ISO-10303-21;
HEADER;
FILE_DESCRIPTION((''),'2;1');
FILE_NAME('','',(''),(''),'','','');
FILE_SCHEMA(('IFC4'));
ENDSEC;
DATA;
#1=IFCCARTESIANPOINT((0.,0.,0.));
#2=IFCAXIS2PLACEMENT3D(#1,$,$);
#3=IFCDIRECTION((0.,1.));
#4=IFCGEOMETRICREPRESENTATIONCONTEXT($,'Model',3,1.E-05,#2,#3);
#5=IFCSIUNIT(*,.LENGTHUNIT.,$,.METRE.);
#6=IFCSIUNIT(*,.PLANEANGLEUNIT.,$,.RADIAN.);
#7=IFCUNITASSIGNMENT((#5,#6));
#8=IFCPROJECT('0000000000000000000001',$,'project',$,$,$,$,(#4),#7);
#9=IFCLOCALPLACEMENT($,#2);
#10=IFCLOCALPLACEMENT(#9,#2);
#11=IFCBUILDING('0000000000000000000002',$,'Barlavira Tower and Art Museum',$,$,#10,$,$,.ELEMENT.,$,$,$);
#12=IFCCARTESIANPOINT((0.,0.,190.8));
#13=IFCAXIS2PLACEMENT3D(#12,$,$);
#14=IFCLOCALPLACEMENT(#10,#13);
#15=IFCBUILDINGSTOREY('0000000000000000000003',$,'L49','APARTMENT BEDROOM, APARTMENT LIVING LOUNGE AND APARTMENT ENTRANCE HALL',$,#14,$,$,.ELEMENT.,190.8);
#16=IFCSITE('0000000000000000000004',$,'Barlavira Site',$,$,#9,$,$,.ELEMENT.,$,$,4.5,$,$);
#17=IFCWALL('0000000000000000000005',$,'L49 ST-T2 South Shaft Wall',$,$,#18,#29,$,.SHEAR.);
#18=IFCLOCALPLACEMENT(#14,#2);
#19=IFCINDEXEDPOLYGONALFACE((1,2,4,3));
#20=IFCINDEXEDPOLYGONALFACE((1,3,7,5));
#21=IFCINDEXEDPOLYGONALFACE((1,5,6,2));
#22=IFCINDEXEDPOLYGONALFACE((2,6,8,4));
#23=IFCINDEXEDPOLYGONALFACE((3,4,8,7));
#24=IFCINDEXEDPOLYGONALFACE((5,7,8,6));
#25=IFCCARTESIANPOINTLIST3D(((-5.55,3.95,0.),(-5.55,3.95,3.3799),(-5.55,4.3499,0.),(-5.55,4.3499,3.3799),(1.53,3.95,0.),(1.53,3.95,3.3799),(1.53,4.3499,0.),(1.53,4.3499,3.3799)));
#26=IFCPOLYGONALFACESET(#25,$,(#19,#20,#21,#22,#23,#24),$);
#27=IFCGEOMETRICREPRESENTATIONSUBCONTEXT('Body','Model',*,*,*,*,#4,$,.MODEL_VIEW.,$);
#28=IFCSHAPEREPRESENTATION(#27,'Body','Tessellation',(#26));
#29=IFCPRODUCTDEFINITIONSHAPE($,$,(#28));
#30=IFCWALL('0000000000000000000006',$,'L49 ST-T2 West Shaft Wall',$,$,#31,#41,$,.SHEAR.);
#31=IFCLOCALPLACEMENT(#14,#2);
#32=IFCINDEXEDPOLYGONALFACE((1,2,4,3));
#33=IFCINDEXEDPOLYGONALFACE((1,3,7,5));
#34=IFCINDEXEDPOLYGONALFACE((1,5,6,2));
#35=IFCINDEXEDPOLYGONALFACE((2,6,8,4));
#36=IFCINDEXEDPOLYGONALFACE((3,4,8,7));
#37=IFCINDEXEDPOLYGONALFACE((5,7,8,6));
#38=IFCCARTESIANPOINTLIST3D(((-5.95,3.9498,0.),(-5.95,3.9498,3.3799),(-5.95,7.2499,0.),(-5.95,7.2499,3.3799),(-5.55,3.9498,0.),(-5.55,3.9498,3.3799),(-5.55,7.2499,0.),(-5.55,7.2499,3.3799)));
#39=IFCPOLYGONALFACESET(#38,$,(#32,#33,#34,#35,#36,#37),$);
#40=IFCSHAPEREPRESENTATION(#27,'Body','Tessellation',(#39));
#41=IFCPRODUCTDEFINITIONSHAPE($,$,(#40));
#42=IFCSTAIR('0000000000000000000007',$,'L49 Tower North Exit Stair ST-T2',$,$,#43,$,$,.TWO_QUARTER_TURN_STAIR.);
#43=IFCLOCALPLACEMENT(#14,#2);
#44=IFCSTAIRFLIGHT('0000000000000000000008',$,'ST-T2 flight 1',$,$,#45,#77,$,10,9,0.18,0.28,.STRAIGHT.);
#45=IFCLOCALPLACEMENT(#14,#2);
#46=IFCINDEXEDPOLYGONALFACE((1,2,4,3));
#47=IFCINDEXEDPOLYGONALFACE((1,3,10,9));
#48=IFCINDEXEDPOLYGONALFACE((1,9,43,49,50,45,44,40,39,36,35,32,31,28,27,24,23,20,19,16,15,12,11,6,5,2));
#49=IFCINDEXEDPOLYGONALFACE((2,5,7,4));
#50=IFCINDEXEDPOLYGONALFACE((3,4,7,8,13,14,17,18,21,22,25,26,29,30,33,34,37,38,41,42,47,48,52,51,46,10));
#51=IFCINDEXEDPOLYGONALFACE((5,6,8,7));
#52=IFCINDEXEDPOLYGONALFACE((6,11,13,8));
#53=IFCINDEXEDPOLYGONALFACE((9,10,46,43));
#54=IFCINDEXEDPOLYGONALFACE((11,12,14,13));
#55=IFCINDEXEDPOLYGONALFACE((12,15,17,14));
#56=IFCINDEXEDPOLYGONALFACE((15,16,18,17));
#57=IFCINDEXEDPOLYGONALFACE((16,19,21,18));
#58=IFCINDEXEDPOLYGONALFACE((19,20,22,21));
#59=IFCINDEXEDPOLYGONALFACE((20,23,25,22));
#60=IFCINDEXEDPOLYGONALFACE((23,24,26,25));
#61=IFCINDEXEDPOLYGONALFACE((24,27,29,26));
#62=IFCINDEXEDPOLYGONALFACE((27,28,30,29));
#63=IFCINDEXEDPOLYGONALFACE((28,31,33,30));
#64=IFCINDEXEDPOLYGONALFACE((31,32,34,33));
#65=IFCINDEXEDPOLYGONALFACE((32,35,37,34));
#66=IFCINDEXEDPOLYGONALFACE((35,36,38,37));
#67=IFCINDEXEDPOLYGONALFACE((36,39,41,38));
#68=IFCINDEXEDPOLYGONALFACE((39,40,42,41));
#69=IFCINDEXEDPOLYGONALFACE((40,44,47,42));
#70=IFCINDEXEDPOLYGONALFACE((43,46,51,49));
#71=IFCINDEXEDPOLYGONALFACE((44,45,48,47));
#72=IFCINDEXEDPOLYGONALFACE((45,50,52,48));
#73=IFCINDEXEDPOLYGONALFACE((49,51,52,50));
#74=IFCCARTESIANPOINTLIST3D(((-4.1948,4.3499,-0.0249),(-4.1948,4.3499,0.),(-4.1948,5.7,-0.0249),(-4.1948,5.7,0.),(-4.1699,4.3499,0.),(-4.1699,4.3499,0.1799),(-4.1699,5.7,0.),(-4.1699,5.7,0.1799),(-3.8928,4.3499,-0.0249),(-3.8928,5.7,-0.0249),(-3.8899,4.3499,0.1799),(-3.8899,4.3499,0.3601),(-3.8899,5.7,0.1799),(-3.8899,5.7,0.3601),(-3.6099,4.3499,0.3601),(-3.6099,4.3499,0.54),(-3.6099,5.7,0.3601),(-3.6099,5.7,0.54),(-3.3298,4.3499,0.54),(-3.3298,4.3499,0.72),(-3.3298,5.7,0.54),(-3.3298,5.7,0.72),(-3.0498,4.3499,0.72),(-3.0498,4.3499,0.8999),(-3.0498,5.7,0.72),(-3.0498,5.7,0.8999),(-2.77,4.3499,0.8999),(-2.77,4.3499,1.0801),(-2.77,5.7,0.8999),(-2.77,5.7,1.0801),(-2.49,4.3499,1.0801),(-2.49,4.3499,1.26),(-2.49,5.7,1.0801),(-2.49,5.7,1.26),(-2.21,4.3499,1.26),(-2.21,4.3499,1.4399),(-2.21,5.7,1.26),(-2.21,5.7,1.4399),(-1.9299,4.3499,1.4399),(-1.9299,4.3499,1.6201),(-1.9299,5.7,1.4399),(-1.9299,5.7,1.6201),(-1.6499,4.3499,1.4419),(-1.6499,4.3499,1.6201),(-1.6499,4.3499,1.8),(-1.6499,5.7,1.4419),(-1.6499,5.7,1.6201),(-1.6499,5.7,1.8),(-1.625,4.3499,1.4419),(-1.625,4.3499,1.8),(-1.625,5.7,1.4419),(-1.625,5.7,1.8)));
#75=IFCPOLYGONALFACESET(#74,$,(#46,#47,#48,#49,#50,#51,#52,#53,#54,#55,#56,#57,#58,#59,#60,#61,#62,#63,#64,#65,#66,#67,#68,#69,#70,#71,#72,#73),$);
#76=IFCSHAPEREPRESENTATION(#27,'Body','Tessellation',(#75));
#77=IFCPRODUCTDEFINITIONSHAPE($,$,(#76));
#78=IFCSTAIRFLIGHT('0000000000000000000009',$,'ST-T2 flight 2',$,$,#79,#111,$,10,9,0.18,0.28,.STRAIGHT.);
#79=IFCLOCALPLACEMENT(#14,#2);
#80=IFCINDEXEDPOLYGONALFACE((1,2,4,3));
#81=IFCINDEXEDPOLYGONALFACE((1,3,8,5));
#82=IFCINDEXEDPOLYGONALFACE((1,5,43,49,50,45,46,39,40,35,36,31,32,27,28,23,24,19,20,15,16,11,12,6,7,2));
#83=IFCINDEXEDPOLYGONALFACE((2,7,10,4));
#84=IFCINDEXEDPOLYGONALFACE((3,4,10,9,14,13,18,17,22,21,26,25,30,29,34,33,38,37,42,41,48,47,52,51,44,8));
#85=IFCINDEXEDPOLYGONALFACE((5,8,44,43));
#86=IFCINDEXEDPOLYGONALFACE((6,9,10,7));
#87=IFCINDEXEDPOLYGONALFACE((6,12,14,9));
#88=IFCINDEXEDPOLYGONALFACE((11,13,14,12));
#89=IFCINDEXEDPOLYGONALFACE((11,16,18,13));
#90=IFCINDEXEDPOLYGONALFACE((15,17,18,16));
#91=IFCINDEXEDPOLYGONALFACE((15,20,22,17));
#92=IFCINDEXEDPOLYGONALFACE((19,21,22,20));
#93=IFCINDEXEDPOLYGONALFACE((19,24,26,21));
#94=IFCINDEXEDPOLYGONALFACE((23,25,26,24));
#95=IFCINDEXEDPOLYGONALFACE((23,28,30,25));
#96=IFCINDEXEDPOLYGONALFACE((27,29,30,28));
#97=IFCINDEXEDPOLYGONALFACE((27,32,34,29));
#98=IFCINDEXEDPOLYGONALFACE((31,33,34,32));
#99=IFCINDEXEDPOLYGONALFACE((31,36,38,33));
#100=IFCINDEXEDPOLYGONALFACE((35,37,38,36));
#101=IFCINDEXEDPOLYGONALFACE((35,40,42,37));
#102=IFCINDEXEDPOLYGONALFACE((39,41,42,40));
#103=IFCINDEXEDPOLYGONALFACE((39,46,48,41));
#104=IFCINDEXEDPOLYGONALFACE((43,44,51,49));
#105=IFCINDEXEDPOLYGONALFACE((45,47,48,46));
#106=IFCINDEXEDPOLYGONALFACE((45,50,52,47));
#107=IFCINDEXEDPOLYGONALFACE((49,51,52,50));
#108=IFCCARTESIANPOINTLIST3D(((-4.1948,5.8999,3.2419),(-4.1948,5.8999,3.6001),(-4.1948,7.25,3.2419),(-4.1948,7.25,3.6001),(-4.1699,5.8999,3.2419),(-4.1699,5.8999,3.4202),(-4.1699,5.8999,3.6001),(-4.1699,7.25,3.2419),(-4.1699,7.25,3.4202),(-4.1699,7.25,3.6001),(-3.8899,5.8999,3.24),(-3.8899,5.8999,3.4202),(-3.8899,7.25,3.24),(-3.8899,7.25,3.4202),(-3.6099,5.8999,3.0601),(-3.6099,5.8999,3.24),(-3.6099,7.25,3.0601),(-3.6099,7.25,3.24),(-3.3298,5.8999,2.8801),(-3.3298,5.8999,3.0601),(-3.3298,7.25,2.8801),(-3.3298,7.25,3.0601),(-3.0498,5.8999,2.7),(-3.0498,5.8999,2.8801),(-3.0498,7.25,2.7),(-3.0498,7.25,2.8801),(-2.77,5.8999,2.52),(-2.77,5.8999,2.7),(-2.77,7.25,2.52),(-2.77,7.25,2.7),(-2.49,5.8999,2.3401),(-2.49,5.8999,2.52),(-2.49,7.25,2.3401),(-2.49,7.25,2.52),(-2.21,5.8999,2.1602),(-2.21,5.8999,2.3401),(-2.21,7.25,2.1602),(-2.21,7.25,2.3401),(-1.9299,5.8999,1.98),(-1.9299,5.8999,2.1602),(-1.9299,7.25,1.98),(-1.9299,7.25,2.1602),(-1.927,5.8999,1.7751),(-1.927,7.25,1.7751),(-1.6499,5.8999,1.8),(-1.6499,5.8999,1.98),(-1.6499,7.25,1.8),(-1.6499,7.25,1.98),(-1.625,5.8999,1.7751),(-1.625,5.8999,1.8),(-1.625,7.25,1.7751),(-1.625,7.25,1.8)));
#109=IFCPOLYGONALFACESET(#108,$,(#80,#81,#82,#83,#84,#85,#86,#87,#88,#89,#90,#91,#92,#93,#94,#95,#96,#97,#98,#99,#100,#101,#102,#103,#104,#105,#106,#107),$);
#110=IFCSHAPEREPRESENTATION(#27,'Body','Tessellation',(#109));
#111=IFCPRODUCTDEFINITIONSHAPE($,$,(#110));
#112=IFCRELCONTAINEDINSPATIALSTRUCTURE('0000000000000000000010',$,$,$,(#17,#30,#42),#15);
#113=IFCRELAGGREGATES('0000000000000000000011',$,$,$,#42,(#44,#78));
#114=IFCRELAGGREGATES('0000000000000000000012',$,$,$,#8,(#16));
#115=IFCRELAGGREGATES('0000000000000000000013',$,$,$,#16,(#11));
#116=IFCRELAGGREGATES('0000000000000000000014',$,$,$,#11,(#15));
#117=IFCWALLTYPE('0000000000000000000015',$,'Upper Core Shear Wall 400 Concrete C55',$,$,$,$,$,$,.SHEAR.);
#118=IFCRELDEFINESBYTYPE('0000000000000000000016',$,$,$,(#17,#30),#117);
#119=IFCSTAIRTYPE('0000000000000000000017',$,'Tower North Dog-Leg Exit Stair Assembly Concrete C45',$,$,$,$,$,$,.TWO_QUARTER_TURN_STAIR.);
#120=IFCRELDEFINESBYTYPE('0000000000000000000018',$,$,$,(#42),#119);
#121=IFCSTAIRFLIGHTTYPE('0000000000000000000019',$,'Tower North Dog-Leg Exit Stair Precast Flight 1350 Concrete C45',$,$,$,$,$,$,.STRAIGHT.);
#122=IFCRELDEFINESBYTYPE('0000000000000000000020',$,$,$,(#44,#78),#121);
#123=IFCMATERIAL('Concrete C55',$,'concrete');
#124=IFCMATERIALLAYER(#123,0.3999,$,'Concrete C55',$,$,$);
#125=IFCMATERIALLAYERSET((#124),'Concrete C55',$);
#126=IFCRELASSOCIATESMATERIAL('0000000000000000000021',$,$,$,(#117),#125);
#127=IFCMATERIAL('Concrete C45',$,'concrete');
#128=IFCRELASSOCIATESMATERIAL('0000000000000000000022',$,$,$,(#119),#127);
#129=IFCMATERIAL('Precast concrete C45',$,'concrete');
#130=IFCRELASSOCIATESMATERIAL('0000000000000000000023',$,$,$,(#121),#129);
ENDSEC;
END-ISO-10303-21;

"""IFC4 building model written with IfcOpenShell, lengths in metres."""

from ifc_helpers import new_model, si_unit, direction, frame, frame_2d, origin, place, context, subcontext, project, spatial, polyline, rectangle, outline, extrude, material, layer, layer_set, type_object, element, aggregate, save


model = new_model("IFC4")

# Units and contexts
model_context = context("Model", 3, precision=1e-05, world=origin(), true_north=direction((0.0, 1.0)))
body_context = subcontext(model_context, "Body", "Model", "MODEL_VIEW")
ifc_project = project(units=[si_unit("LENGTHUNIT", "METRE"), si_unit("PLANEANGLEUNIT", "RADIAN")], contexts=[model_context])

# Site, building, storey
site_placement = place(None, origin())
site = spatial("IfcSite", under=ifc_project, at=site_placement, Name="Barlavira Site", CompositionType="ELEMENT", RefElevation=4.5)
building_placement = place(site_placement, origin())
building = spatial("IfcBuilding", under=site, at=building_placement, Name="Barlavira Tower and Art Museum", CompositionType="ELEMENT")
storey_placement = place(building_placement, frame((0.0, 0.0, 190.8)))
storey = spatial("IfcBuildingStorey", under=building, at=storey_placement, Name="L49", Description="APARTMENT BEDROOM, APARTMENT LIVING LOUNGE AND APARTMENT ENTRANCE HALL", CompositionType="ELEMENT", Elevation=190.8)

# Walls
ifc_material_1 = material(Name="Concrete C55", Category="concrete")
ifc_layer_1 = layer(ifc_material_1, 0.3999, Name="Concrete C55")
ifc_layer_set_1 = layer_set([ifc_layer_1], Name="Concrete C55")
wall_type_1 = type_object("IfcWallType", Name="Upper Core Shear Wall 400 Concrete C55", PredefinedType="SHEAR", material=ifc_layer_set_1)
wall_1_placement = place(storey_placement, frame((-5.55, 4.1499, 0.0), z_axis=(0.0, 0.0, 1.0), x_axis=(1.0, 0.0, 0.0)))
element("IfcWall", 1, at=wall_1_placement, inside=storey, type_object=wall_type_1, Name="L49 ST-T2 South Shaft Wall", PredefinedType="SHEAR", context=body_context, shape_type="SweptSolid", body=[
    extrude(rectangle(XDim=7.0801, YDim=0.3999, at=frame_2d((3.54, 0.0))), origin(), (0.0, 0.0, 1.0), 3.3799),
])
wall_2_placement = place(storey_placement, frame((-5.75, 3.95, 0.0), z_axis=(0.0, 0.0, 1.0), x_axis=(0.0, 1.0, 0.0)))
element("IfcWall", 2, at=wall_2_placement, inside=storey, type_object=wall_type_1, Name="L49 ST-T2 West Shaft Wall", PredefinedType="SHEAR", context=body_context, shape_type="SweptSolid", body=[
    extrude(rectangle(XDim=3.3, YDim=0.3999, at=frame_2d((1.6499, 0.0))), origin(), (0.0, 0.0, 1.0), 3.3799),
])

# Stair, stair flights
ifc_material_2 = material(Name="Concrete C45", Category="concrete")
stair_type = type_object("IfcStairType", Name="Tower North Dog-Leg Exit Stair Assembly Concrete C45", PredefinedType="TWO_QUARTER_TURN_STAIR", material=ifc_material_2)
stair_placement = place(storey_placement, origin())
stair = element("IfcStair", 3, at=stair_placement, inside=storey, type_object=stair_type, Name="L49 Tower North Exit Stair ST-T2", PredefinedType="TWO_QUARTER_TURN_STAIR")
ifc_material_3 = material(Name="Precast concrete C45", Category="concrete")
stair_flight_type = type_object("IfcStairFlightType", Name="Tower North Dog-Leg Exit Stair Precast Flight 1350 Concrete C45", PredefinedType="STRAIGHT", material=ifc_material_3)
stair_flight_1_placement = place(storey_placement, frame((-4.1699, 5.0249, 0.0), z_axis=(0.0, 0.0, 1.0), x_axis=(1.0, 0.0, 0.0)))
stair_flight_1 = element("IfcStairFlight", 4, at=stair_flight_1_placement, type_object=stair_flight_type, Name="ST-T2 flight 1", NumberOfRisers=10, NumberOfTreads=9, PredefinedType="STRAIGHT", RiserHeight=0.18, TreadLength=0.28, context=body_context, shape_type="SweptSolid", body=[
    extrude(outline(polyline([(-0.0249, 0.0), (0.0, 0.0), (0.0, 0.1799), (0.28, 0.1799), (0.28, 0.3601), (0.5601, 0.3601), (0.5601, 0.54), (0.8401, 0.54), (0.8401, 0.72), (1.1201, 0.72), (1.1201, 0.8999), (1.3999, 0.8999), (1.3999, 1.0801), (1.6799, 1.0801), (1.6799, 1.26), (1.96, 1.26), (1.96, 1.4399), (2.24, 1.4399), (2.24, 1.6201), (2.52, 1.6201), (2.52, 1.8), (2.5449, 1.8), (2.5449, 1.4419), (2.52, 1.4419), (0.2771, -0.0249), (-0.0249, -0.0249), (-0.0249, 0.0)])), frame((0.0, 0.675, 0.0), z_axis=(0.0, -1.0, 0.0), x_axis=(1.0, 0.0, 0.0)), (0.0, 0.0, 1.0), 1.3501),
])
stair_flight_2_placement = place(storey_placement, frame((-1.6499, 6.575, 1.8), z_axis=(0.0, 0.0, 1.0), x_axis=(-1.0, 0.0, 0.0)))
stair_flight_2 = element("IfcStairFlight", 5, at=stair_flight_2_placement, type_object=stair_flight_type, Name="ST-T2 flight 2", NumberOfRisers=10, NumberOfTreads=9, PredefinedType="STRAIGHT", RiserHeight=0.18, TreadLength=0.28, context=body_context, shape_type="SweptSolid", body=[
    extrude(outline(polyline([(-0.0249, 0.0), (0.0, 0.0), (0.0, 0.1799), (0.28, 0.1799), (0.28, 0.3601), (0.5601, 0.3601), (0.5601, 0.54), (0.8401, 0.54), (0.8401, 0.72), (1.1201, 0.72), (1.1201, 0.8999), (1.3999, 0.8999), (1.3999, 1.0801), (1.6799, 1.0801), (1.6799, 1.26), (1.96, 1.26), (1.96, 1.4399), (2.24, 1.4399), (2.24, 1.6201), (2.52, 1.6201), (2.52, 1.8), (2.5449, 1.8), (2.5449, 1.4419), (2.52, 1.4419), (0.2771, -0.0249), (-0.0249, -0.0249), (-0.0249, 0.0)])), frame((0.0, 0.675, 0.0), z_axis=(0.0, -1.0, 0.0), x_axis=(1.0, 0.0, 0.0)), (0.0, 0.0, 1.0), 1.3501),
])
aggregate(stair, [stair_flight_1, stair_flight_2])

save(model, "model.ifc")
